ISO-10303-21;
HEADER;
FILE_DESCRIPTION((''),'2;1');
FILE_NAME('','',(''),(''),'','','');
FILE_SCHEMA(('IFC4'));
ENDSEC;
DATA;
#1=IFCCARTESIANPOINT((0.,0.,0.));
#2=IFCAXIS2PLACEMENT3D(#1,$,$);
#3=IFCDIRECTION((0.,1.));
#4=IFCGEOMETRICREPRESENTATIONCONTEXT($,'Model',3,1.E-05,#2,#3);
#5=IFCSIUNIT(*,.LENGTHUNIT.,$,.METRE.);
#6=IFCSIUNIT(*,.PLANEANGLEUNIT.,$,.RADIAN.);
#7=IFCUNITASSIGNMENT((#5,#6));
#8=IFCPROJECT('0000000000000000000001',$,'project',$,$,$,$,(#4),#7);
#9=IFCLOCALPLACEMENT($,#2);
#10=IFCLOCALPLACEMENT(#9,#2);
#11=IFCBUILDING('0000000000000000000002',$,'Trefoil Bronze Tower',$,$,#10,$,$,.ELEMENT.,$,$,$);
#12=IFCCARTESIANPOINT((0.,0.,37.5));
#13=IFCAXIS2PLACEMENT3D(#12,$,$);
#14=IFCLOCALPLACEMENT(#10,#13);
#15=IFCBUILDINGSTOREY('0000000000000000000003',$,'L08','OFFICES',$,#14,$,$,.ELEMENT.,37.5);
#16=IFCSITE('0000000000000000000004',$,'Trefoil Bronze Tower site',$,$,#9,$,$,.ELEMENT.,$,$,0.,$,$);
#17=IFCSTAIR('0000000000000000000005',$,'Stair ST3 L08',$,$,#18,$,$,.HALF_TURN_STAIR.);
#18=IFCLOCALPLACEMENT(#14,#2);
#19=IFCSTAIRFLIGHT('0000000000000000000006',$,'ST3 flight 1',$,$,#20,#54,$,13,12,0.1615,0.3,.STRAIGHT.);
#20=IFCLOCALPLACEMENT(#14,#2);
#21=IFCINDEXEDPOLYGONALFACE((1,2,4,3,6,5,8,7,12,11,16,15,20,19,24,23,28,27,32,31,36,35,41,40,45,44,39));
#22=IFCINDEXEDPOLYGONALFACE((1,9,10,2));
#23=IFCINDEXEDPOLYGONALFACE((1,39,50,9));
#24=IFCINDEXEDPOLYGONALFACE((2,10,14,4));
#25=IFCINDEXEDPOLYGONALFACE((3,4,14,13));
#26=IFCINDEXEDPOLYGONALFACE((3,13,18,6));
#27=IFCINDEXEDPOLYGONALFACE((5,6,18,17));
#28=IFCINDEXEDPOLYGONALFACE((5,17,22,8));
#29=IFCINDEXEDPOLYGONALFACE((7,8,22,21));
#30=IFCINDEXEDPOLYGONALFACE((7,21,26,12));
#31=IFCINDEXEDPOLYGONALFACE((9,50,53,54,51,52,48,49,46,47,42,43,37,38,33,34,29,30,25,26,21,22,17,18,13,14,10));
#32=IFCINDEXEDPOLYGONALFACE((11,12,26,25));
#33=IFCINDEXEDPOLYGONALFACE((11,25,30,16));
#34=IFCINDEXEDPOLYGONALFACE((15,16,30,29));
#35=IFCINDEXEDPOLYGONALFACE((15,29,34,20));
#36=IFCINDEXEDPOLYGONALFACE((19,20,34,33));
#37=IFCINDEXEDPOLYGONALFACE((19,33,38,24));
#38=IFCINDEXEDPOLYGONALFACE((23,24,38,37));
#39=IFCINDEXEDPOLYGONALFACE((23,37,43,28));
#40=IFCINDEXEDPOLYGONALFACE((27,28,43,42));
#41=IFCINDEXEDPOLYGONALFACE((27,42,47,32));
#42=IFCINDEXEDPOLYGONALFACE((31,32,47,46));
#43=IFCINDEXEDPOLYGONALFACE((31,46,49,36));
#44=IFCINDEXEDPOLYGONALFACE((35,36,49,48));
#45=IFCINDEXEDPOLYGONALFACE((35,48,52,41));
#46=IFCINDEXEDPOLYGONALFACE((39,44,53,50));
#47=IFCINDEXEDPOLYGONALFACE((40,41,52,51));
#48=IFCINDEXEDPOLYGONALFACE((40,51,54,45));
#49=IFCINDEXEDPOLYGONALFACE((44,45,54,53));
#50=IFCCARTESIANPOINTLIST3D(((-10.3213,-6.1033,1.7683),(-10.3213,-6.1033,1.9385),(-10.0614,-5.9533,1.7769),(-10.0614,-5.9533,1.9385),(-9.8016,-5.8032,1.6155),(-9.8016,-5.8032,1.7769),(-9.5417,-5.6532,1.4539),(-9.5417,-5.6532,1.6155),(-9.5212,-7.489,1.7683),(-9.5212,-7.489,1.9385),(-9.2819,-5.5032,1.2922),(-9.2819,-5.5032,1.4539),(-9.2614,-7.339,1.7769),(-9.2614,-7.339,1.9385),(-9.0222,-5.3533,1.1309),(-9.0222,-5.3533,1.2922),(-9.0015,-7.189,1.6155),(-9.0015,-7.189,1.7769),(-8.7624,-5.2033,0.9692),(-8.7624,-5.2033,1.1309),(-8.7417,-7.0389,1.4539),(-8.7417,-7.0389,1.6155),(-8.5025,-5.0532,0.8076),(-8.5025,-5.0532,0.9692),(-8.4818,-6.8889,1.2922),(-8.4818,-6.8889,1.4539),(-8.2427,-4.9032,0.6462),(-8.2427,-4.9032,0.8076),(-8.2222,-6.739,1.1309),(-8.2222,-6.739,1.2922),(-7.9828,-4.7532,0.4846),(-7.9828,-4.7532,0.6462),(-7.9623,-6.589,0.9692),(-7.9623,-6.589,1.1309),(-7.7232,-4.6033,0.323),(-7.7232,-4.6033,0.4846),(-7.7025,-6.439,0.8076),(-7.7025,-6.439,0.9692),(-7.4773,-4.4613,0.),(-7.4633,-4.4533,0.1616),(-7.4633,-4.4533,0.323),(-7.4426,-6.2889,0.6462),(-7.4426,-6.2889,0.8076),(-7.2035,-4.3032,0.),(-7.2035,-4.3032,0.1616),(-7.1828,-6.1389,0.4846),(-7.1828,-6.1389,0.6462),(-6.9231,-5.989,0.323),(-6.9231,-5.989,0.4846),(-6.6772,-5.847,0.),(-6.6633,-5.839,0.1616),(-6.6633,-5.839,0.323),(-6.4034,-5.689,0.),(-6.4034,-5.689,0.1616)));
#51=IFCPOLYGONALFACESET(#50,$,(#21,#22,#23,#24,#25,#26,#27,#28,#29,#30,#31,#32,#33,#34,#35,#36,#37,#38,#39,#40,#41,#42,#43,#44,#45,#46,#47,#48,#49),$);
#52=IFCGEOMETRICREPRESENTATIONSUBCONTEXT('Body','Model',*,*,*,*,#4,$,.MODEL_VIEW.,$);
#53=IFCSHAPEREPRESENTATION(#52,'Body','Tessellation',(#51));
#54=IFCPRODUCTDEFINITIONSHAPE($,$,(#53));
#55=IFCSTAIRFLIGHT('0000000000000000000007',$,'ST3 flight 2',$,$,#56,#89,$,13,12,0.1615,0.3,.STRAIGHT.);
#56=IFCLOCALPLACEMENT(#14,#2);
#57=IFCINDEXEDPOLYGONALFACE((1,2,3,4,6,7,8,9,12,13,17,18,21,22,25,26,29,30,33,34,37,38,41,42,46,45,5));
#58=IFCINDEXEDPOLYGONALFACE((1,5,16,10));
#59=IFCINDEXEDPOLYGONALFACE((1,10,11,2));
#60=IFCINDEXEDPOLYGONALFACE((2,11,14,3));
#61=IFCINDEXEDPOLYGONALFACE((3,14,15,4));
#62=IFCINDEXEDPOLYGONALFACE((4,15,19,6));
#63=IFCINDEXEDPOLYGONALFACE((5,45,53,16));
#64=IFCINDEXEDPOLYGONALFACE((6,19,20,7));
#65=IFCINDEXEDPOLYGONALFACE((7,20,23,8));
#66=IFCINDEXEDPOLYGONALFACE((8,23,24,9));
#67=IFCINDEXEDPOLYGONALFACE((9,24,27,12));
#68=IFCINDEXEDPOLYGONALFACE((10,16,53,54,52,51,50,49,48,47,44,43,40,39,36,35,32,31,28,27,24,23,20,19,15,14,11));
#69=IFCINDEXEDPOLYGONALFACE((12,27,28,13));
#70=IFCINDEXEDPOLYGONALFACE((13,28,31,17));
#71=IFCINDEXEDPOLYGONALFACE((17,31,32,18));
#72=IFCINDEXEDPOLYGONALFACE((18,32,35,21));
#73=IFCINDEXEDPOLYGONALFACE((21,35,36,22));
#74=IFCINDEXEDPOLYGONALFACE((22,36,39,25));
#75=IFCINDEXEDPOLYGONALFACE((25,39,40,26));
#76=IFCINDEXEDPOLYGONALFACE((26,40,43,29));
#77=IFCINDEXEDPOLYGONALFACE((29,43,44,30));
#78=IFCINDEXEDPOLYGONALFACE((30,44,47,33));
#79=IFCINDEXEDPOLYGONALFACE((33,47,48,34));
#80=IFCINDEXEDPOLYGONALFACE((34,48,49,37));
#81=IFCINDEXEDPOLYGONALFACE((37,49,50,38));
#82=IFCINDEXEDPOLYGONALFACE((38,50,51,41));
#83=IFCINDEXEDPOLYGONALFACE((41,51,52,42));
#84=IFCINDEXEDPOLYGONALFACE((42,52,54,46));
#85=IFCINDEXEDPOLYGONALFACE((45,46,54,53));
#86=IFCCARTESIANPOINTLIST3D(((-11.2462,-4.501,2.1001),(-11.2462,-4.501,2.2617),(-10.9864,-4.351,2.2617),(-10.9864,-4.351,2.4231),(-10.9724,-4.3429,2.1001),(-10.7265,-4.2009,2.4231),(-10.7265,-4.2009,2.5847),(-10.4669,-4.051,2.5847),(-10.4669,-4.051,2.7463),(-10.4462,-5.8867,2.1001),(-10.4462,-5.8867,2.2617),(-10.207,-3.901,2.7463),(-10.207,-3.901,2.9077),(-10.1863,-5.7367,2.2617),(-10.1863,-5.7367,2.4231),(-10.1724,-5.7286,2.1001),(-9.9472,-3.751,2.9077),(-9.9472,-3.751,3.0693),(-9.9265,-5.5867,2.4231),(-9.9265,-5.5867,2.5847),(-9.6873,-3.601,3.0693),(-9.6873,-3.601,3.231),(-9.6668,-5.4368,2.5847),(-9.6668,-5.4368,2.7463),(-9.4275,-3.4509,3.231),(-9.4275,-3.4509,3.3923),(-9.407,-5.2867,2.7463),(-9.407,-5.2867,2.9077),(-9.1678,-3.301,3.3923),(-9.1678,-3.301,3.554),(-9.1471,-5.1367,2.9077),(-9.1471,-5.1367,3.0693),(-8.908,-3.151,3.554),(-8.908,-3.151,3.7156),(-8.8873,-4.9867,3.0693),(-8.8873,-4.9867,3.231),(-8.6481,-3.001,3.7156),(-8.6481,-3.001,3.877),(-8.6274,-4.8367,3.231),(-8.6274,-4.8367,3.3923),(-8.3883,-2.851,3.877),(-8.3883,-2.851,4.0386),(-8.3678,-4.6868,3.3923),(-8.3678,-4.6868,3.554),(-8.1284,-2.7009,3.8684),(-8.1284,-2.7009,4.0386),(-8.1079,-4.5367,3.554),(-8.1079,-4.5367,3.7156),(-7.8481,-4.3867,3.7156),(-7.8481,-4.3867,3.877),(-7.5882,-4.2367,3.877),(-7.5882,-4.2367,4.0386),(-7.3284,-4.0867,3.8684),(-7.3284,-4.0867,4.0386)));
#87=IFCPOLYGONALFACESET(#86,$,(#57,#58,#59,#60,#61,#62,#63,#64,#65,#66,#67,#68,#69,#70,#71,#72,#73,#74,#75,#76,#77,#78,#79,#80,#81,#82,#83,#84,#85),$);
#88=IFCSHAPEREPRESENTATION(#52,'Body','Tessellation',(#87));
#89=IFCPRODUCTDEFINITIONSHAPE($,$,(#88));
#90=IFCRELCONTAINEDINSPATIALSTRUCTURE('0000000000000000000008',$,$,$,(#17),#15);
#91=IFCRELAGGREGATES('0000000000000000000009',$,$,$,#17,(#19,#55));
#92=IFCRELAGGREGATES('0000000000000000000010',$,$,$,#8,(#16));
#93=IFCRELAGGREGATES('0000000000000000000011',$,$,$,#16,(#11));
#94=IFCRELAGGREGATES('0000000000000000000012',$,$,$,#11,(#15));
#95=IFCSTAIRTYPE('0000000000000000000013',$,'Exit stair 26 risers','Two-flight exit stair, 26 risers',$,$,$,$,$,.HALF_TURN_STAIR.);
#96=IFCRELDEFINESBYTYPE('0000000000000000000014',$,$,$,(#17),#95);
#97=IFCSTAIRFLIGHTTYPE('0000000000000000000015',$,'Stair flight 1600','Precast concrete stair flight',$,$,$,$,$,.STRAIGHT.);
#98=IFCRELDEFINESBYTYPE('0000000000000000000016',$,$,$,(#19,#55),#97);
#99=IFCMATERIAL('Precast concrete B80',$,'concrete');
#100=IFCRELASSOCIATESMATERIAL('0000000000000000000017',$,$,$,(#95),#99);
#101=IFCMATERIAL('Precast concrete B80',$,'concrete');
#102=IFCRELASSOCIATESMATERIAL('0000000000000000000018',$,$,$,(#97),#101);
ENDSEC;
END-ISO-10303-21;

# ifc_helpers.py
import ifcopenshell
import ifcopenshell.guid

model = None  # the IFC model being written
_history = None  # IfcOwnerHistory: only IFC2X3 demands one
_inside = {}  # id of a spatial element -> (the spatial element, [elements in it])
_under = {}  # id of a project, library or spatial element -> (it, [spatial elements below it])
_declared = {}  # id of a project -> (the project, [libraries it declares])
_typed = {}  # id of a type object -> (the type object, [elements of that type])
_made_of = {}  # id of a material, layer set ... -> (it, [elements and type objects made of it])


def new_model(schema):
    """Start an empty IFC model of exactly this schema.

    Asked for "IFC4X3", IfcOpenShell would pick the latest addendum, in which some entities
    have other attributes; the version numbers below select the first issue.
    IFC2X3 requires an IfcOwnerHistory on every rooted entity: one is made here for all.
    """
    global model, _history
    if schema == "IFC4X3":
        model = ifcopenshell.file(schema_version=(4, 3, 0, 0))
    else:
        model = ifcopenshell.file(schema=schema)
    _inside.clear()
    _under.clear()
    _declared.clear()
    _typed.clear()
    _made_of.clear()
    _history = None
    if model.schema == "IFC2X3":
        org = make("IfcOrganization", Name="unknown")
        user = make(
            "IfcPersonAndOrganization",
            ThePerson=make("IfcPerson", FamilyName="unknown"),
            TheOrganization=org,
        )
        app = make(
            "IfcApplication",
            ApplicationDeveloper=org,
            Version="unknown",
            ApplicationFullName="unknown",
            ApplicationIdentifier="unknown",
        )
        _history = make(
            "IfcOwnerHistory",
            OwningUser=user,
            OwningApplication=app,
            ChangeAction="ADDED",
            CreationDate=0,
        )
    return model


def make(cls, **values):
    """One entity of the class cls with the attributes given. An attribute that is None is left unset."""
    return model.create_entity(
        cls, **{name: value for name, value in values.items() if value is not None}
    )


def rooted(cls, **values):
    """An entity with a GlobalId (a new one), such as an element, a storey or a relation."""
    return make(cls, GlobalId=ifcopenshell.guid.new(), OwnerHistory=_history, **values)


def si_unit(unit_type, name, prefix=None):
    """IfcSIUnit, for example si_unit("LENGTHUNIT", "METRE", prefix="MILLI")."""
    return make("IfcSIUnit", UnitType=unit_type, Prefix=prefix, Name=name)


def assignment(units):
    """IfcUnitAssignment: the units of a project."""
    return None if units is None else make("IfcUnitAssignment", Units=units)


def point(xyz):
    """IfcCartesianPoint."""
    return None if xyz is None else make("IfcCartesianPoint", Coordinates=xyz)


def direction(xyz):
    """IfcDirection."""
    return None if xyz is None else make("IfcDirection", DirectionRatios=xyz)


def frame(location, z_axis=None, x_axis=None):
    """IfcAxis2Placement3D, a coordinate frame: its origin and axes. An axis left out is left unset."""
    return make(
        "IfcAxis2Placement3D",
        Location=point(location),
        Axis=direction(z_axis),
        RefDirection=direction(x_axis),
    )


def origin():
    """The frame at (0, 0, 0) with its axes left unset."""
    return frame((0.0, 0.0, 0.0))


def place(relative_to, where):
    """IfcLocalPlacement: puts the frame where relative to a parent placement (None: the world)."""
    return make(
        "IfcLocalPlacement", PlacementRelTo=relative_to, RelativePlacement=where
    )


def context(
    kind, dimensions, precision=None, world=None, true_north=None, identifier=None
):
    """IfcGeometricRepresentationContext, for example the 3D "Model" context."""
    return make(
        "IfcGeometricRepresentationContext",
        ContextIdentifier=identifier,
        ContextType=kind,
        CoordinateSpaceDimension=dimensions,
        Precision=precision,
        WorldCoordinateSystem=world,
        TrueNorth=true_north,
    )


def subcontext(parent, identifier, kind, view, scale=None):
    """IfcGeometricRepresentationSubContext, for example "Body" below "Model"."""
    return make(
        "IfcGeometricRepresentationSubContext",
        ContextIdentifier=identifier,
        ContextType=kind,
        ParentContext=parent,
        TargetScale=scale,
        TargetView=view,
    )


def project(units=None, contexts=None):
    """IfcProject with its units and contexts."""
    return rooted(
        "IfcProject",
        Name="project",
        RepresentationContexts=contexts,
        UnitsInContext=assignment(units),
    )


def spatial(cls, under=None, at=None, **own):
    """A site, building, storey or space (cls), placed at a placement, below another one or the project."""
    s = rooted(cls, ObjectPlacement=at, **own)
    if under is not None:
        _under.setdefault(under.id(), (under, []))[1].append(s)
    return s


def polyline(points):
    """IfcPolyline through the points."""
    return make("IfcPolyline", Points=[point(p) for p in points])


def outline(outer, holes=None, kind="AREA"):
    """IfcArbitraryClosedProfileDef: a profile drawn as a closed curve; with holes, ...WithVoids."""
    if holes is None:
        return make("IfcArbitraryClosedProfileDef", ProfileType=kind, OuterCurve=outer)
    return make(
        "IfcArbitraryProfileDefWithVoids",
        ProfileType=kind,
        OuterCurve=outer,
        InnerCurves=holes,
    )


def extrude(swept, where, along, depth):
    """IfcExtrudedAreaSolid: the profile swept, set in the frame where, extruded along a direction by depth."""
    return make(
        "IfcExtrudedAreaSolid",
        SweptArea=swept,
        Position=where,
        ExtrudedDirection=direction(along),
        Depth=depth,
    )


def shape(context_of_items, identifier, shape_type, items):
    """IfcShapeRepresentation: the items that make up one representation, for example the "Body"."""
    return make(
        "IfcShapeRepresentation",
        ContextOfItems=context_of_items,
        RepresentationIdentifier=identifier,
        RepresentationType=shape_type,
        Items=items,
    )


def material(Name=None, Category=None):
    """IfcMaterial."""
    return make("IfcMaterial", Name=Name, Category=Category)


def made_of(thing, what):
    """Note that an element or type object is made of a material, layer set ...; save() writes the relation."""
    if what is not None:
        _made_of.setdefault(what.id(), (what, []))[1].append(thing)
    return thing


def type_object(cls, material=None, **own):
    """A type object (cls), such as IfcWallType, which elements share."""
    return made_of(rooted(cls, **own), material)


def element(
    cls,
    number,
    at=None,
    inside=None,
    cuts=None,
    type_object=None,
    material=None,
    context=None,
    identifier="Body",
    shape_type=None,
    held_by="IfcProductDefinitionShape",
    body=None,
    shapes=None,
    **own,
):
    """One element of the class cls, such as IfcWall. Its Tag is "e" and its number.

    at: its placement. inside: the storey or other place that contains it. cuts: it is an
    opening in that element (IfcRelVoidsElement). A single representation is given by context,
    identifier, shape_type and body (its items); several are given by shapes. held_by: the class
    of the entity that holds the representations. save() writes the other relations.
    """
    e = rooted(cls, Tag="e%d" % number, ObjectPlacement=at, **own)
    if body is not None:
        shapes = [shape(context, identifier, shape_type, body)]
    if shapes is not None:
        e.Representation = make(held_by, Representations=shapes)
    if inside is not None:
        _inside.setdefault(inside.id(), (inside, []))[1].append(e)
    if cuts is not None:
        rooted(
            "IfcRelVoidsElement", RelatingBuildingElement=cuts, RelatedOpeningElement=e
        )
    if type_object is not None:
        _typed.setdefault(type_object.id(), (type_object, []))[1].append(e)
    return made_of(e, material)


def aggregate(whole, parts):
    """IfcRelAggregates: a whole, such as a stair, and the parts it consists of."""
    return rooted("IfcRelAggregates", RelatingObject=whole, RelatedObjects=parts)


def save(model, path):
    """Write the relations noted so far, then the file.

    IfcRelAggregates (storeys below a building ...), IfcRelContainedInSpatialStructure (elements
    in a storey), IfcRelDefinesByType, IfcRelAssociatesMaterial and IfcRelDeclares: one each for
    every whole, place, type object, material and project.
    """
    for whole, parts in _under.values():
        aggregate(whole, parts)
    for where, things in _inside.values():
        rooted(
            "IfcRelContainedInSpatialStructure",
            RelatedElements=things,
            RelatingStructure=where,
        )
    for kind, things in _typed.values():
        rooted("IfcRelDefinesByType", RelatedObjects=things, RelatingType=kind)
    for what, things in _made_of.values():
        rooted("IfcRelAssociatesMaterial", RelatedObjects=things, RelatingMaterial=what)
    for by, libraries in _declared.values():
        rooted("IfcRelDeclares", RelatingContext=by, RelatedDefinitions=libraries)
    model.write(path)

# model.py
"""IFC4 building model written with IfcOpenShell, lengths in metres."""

from ifc_helpers import new_model, si_unit, direction, frame, origin, place, context, subcontext, project, spatial, polyline, outline, extrude, material, type_object, element, aggregate, save


model = new_model("IFC4")

# Units and contexts
model_context = context("Model", 3, precision=1e-05, world=origin(), true_north=direction((0.0, 1.0)))
body_context = subcontext(model_context, "Body", "Model", "MODEL_VIEW")
ifc_project = project(units=[si_unit("LENGTHUNIT", "METRE"), si_unit("PLANEANGLEUNIT", "RADIAN")], contexts=[model_context])

# Site, building, storey
site_placement = place(None, origin())
site = spatial("IfcSite", under=ifc_project, at=site_placement, Name="Trefoil Bronze Tower site", CompositionType="ELEMENT", RefElevation=0.0)
building_placement = place(site_placement, origin())
building = spatial("IfcBuilding", under=site, at=building_placement, Name="Trefoil Bronze Tower", CompositionType="ELEMENT")
storey_placement = place(building_placement, frame((0.0, 0.0, 37.5)))
storey = spatial("IfcBuildingStorey", under=building, at=storey_placement, Name="L08", Description="OFFICES", CompositionType="ELEMENT", Elevation=37.5)

# Stair, stair flights
ifc_material_1 = material(Name="Precast concrete B80", Category="concrete")
stair_type = type_object("IfcStairType", Name="Exit stair 26 risers", Description="Two-flight exit stair, 26 risers", PredefinedType="HALF_TURN_STAIR", material=ifc_material_1)
stair_placement = place(storey_placement, origin())
stair = element("IfcStair", 1, at=stair_placement, inside=storey, type_object=stair_type, Name="Stair ST3 L08", PredefinedType="HALF_TURN_STAIR")
ifc_material_2 = material(Name="Precast concrete B80", Category="concrete")
stair_flight_type = type_object("IfcStairFlightType", Name="Stair flight 1600", Description="Precast concrete stair flight", PredefinedType="STRAIGHT", material=ifc_material_2)
stair_flight_1_placement = place(storey_placement, frame((-6.8035, -4.9961, 0.0), z_axis=(0.0, 0.0, 1.0), x_axis=(-0.866025, -0.5, 0.0)))
stair_flight_1 = element("IfcStairFlight", 2, at=stair_flight_1_placement, type_object=stair_flight_type, Name="ST3 flight 1", NumberOfRisers=13, NumberOfTreads=12, PredefinedType="STRAIGHT", RiserHeight=0.1615, TreadLength=0.3, context=body_context, shape_type="SweptSolid", body=[
    extrude(outline(polyline([(0.0, 0.0), (0.0, 0.1616), (0.3, 0.1616), (0.3, 0.323), (0.6001, 0.323), (0.6001, 0.4846), (0.8999, 0.4846), (0.8999, 0.6462), (1.2, 0.6462), (1.2, 0.8076), (1.5, 0.8076), (1.5, 0.9692), (1.8, 0.9692), (1.8, 1.1309), (2.1001, 1.1309), (2.1001, 1.2922), (2.3999, 1.2922), (2.3999, 1.4539), (2.7, 1.4539), (2.7, 1.6155), (3.0, 1.6155), (3.0, 1.7769), (3.3, 1.7769), (3.3, 1.9385), (3.6001, 1.9385), (3.6001, 2.1001), (3.6001, 1.7683), (0.3162, 0.0), (0.0, 0.0)])), frame((0.0, 0.8, 0.0), z_axis=(0.0, -1.0, 0.0), x_axis=(1.0, 0.0, 0.0)), (0.0, 0.0, 1.0), 1.6001),
])
stair_flight_2_placement = place(storey_placement, frame((-10.8462, -5.1938, 2.1001), z_axis=(0.0, 0.0, 1.0), x_axis=(0.866025, 0.5, 0.0)))
stair_flight_2 = element("IfcStairFlight", 3, at=stair_flight_2_placement, type_object=stair_flight_type, Name="ST3 flight 2", NumberOfRisers=13, NumberOfTreads=12, PredefinedType="STRAIGHT", RiserHeight=0.1615, TreadLength=0.3, context=body_context, shape_type="SweptSolid", body=[
    extrude(outline(polyline([(0.0, 0.0), (0.0, 0.1616), (0.3, 0.1616), (0.3, 0.323), (0.6001, 0.323), (0.6001, 0.4846), (0.8999, 0.4846), (0.8999, 0.6462), (1.2, 0.6462), (1.2, 0.8076), (1.5, 0.8076), (1.5, 0.9692), (1.8, 0.9692), (1.8, 1.1309), (2.1001, 1.1309), (2.1001, 1.2922), (2.3999, 1.2922), (2.3999, 1.4539), (2.7, 1.4539), (2.7, 1.6155), (3.0, 1.6155), (3.0, 1.7769), (3.3, 1.7769), (3.3, 1.9385), (3.6001, 1.9385), (3.6001, 2.1001), (3.6001, 1.7683), (0.3162, 0.0), (0.0, 0.0)])), frame((0.0, 0.8, 0.0), z_axis=(0.0, -1.0, 0.0), x_axis=(1.0, 0.0, 0.0)), (0.0, 0.0, 1.0), 1.6001),
])
aggregate(stair, [stair_flight_1, stair_flight_2])

save(model, "model.ifc")
